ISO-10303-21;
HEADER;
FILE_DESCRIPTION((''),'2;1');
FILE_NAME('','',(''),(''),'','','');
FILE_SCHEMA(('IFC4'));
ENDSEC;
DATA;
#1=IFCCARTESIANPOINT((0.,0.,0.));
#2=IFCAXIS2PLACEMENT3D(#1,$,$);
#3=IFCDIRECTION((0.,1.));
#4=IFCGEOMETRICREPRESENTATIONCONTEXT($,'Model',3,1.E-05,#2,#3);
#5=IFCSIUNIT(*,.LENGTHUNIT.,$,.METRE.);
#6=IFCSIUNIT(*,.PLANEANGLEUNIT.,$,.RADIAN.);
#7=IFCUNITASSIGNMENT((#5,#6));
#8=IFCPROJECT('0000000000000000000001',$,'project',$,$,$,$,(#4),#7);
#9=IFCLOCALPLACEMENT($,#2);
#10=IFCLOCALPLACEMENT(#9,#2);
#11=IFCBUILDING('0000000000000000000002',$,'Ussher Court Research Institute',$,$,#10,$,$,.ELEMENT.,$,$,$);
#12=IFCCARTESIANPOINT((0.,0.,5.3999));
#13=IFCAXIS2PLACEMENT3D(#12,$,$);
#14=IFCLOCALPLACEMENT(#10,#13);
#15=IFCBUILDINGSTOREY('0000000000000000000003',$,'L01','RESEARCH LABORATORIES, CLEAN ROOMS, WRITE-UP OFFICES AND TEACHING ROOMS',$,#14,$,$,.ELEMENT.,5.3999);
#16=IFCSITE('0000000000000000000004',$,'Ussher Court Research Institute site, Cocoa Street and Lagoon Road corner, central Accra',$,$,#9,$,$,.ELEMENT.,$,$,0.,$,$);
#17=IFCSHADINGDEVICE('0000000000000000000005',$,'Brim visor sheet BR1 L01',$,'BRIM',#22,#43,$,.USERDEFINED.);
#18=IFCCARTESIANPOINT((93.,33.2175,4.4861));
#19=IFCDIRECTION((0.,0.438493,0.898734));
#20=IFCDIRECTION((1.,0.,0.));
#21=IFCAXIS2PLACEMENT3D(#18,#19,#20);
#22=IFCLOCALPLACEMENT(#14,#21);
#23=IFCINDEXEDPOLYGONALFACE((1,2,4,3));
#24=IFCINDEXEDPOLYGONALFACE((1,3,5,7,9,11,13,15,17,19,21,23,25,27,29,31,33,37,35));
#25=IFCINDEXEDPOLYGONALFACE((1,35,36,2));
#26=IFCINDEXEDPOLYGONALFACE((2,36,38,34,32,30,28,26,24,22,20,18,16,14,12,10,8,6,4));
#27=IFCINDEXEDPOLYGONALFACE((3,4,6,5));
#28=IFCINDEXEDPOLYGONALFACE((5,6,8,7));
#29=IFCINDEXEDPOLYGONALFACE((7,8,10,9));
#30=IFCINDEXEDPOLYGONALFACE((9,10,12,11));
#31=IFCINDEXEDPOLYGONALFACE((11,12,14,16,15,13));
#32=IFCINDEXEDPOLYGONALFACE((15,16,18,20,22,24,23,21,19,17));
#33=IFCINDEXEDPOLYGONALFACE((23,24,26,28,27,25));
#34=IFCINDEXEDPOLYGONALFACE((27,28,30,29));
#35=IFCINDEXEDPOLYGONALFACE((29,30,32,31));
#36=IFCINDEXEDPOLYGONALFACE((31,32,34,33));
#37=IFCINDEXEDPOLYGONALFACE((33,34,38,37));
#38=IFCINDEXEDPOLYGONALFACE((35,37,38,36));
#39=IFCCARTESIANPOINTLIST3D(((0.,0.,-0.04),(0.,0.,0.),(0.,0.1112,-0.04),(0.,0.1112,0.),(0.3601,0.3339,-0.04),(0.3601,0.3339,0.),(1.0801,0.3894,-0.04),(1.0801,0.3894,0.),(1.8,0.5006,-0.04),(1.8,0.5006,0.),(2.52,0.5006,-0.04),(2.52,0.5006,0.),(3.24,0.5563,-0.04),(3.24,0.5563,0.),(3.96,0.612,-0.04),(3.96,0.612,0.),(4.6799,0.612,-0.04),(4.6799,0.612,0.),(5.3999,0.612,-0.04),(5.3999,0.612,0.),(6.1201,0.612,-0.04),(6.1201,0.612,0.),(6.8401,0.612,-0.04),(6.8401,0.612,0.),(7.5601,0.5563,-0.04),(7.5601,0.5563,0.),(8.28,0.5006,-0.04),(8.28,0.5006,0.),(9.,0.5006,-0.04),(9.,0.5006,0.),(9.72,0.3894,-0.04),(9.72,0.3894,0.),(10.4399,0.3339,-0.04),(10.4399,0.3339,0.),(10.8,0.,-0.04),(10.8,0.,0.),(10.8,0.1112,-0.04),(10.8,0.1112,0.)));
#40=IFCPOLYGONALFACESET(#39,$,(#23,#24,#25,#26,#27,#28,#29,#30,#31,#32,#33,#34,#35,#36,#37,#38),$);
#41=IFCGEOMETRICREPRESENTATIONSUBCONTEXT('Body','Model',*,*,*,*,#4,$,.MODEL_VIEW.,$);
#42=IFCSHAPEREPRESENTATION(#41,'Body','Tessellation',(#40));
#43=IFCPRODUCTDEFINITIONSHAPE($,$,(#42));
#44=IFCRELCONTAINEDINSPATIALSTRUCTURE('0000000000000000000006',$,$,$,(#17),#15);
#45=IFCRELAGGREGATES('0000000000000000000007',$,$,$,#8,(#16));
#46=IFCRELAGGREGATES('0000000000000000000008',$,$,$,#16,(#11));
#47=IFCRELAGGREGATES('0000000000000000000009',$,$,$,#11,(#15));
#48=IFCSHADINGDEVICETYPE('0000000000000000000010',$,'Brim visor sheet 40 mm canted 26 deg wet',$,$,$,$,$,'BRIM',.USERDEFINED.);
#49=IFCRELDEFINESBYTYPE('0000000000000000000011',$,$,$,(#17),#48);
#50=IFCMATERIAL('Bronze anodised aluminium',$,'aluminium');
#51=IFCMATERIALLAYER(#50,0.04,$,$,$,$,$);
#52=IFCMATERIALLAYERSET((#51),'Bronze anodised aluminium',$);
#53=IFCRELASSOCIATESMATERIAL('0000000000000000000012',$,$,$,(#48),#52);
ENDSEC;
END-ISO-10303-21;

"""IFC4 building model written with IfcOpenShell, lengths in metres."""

from ifc_helpers import new_model, si_unit, direction, frame, origin, place, context, subcontext, project, spatial, polyline, outline, extrude, material, layer, layer_set, type_object, element, save


model = new_model("IFC4")

# Units and contexts
model_context = context("Model", 3, precision=1e-05, world=origin(), true_north=direction((0.0, 1.0)))
body_context = subcontext(model_context, "Body", "Model", "MODEL_VIEW")
ifc_project = project(units=[si_unit("LENGTHUNIT", "METRE"), si_unit("PLANEANGLEUNIT", "RADIAN")], contexts=[model_context])

# Site, building, storey
site_placement = place(None, origin())
site = spatial("IfcSite", under=ifc_project, at=site_placement, Name="Ussher Court Research Institute site, Cocoa Street and Lagoon Road corner, central Accra", CompositionType="ELEMENT", RefElevation=0.0)
building_placement = place(site_placement, origin())
building = spatial("IfcBuilding", under=site, at=building_placement, Name="Ussher Court Research Institute", CompositionType="ELEMENT")
storey_placement = place(building_placement, frame((0.0, 0.0, 5.3999)))
storey = spatial("IfcBuildingStorey", under=building, at=storey_placement, Name="L01", Description="RESEARCH LABORATORIES, CLEAN ROOMS, WRITE-UP OFFICES AND TEACHING ROOMS", CompositionType="ELEMENT", Elevation=5.3999)

# Shading device
ifc_material_1 = material(Name="Bronze anodised aluminium", Category="aluminium")
ifc_layer_1 = layer(ifc_material_1, 0.04)
ifc_layer_set_1 = layer_set([ifc_layer_1], Name="Bronze anodised aluminium")
shading_device_type_1 = type_object("IfcShadingDeviceType", Name="Brim visor sheet 40 mm canted 26 deg wet", ElementType="BRIM", PredefinedType="USERDEFINED", material=ifc_layer_set_1)
shading_device_placement = place(storey_placement, frame((93.0, 33.2175, 4.4861), z_axis=(0.0, 0.438493, 0.898734), x_axis=(1.0, 0.0, 0.0)))
element("IfcShadingDevice", 1, at=shading_device_placement, inside=storey, type_object=shading_device_type_1, Name="Brim visor sheet BR1 L01", ObjectType="BRIM", PredefinedType="USERDEFINED", context=body_context, shape_type="SweptSolid", body=[
    extrude(outline(polyline([(0.0, 0.0), (10.8, 0.0), (10.8, 0.1112), (10.4399, 0.3339), (9.72, 0.3894), (9.0, 0.5006), (8.28, 0.5006), (7.5601, 0.5563), (6.8401, 0.612), (6.1201, 0.612), (5.3999, 0.612), (4.6799, 0.612), (3.96, 0.612), (3.24, 0.5563), (2.52, 0.5006), (1.8, 0.5006), (1.0801, 0.3894), (0.3601, 0.3339), (0.0, 0.1112), (0.0, 0.0)])), origin(), (0.0, 0.0, -1.0), 0.04),
])

save(model, "model.ifc")
